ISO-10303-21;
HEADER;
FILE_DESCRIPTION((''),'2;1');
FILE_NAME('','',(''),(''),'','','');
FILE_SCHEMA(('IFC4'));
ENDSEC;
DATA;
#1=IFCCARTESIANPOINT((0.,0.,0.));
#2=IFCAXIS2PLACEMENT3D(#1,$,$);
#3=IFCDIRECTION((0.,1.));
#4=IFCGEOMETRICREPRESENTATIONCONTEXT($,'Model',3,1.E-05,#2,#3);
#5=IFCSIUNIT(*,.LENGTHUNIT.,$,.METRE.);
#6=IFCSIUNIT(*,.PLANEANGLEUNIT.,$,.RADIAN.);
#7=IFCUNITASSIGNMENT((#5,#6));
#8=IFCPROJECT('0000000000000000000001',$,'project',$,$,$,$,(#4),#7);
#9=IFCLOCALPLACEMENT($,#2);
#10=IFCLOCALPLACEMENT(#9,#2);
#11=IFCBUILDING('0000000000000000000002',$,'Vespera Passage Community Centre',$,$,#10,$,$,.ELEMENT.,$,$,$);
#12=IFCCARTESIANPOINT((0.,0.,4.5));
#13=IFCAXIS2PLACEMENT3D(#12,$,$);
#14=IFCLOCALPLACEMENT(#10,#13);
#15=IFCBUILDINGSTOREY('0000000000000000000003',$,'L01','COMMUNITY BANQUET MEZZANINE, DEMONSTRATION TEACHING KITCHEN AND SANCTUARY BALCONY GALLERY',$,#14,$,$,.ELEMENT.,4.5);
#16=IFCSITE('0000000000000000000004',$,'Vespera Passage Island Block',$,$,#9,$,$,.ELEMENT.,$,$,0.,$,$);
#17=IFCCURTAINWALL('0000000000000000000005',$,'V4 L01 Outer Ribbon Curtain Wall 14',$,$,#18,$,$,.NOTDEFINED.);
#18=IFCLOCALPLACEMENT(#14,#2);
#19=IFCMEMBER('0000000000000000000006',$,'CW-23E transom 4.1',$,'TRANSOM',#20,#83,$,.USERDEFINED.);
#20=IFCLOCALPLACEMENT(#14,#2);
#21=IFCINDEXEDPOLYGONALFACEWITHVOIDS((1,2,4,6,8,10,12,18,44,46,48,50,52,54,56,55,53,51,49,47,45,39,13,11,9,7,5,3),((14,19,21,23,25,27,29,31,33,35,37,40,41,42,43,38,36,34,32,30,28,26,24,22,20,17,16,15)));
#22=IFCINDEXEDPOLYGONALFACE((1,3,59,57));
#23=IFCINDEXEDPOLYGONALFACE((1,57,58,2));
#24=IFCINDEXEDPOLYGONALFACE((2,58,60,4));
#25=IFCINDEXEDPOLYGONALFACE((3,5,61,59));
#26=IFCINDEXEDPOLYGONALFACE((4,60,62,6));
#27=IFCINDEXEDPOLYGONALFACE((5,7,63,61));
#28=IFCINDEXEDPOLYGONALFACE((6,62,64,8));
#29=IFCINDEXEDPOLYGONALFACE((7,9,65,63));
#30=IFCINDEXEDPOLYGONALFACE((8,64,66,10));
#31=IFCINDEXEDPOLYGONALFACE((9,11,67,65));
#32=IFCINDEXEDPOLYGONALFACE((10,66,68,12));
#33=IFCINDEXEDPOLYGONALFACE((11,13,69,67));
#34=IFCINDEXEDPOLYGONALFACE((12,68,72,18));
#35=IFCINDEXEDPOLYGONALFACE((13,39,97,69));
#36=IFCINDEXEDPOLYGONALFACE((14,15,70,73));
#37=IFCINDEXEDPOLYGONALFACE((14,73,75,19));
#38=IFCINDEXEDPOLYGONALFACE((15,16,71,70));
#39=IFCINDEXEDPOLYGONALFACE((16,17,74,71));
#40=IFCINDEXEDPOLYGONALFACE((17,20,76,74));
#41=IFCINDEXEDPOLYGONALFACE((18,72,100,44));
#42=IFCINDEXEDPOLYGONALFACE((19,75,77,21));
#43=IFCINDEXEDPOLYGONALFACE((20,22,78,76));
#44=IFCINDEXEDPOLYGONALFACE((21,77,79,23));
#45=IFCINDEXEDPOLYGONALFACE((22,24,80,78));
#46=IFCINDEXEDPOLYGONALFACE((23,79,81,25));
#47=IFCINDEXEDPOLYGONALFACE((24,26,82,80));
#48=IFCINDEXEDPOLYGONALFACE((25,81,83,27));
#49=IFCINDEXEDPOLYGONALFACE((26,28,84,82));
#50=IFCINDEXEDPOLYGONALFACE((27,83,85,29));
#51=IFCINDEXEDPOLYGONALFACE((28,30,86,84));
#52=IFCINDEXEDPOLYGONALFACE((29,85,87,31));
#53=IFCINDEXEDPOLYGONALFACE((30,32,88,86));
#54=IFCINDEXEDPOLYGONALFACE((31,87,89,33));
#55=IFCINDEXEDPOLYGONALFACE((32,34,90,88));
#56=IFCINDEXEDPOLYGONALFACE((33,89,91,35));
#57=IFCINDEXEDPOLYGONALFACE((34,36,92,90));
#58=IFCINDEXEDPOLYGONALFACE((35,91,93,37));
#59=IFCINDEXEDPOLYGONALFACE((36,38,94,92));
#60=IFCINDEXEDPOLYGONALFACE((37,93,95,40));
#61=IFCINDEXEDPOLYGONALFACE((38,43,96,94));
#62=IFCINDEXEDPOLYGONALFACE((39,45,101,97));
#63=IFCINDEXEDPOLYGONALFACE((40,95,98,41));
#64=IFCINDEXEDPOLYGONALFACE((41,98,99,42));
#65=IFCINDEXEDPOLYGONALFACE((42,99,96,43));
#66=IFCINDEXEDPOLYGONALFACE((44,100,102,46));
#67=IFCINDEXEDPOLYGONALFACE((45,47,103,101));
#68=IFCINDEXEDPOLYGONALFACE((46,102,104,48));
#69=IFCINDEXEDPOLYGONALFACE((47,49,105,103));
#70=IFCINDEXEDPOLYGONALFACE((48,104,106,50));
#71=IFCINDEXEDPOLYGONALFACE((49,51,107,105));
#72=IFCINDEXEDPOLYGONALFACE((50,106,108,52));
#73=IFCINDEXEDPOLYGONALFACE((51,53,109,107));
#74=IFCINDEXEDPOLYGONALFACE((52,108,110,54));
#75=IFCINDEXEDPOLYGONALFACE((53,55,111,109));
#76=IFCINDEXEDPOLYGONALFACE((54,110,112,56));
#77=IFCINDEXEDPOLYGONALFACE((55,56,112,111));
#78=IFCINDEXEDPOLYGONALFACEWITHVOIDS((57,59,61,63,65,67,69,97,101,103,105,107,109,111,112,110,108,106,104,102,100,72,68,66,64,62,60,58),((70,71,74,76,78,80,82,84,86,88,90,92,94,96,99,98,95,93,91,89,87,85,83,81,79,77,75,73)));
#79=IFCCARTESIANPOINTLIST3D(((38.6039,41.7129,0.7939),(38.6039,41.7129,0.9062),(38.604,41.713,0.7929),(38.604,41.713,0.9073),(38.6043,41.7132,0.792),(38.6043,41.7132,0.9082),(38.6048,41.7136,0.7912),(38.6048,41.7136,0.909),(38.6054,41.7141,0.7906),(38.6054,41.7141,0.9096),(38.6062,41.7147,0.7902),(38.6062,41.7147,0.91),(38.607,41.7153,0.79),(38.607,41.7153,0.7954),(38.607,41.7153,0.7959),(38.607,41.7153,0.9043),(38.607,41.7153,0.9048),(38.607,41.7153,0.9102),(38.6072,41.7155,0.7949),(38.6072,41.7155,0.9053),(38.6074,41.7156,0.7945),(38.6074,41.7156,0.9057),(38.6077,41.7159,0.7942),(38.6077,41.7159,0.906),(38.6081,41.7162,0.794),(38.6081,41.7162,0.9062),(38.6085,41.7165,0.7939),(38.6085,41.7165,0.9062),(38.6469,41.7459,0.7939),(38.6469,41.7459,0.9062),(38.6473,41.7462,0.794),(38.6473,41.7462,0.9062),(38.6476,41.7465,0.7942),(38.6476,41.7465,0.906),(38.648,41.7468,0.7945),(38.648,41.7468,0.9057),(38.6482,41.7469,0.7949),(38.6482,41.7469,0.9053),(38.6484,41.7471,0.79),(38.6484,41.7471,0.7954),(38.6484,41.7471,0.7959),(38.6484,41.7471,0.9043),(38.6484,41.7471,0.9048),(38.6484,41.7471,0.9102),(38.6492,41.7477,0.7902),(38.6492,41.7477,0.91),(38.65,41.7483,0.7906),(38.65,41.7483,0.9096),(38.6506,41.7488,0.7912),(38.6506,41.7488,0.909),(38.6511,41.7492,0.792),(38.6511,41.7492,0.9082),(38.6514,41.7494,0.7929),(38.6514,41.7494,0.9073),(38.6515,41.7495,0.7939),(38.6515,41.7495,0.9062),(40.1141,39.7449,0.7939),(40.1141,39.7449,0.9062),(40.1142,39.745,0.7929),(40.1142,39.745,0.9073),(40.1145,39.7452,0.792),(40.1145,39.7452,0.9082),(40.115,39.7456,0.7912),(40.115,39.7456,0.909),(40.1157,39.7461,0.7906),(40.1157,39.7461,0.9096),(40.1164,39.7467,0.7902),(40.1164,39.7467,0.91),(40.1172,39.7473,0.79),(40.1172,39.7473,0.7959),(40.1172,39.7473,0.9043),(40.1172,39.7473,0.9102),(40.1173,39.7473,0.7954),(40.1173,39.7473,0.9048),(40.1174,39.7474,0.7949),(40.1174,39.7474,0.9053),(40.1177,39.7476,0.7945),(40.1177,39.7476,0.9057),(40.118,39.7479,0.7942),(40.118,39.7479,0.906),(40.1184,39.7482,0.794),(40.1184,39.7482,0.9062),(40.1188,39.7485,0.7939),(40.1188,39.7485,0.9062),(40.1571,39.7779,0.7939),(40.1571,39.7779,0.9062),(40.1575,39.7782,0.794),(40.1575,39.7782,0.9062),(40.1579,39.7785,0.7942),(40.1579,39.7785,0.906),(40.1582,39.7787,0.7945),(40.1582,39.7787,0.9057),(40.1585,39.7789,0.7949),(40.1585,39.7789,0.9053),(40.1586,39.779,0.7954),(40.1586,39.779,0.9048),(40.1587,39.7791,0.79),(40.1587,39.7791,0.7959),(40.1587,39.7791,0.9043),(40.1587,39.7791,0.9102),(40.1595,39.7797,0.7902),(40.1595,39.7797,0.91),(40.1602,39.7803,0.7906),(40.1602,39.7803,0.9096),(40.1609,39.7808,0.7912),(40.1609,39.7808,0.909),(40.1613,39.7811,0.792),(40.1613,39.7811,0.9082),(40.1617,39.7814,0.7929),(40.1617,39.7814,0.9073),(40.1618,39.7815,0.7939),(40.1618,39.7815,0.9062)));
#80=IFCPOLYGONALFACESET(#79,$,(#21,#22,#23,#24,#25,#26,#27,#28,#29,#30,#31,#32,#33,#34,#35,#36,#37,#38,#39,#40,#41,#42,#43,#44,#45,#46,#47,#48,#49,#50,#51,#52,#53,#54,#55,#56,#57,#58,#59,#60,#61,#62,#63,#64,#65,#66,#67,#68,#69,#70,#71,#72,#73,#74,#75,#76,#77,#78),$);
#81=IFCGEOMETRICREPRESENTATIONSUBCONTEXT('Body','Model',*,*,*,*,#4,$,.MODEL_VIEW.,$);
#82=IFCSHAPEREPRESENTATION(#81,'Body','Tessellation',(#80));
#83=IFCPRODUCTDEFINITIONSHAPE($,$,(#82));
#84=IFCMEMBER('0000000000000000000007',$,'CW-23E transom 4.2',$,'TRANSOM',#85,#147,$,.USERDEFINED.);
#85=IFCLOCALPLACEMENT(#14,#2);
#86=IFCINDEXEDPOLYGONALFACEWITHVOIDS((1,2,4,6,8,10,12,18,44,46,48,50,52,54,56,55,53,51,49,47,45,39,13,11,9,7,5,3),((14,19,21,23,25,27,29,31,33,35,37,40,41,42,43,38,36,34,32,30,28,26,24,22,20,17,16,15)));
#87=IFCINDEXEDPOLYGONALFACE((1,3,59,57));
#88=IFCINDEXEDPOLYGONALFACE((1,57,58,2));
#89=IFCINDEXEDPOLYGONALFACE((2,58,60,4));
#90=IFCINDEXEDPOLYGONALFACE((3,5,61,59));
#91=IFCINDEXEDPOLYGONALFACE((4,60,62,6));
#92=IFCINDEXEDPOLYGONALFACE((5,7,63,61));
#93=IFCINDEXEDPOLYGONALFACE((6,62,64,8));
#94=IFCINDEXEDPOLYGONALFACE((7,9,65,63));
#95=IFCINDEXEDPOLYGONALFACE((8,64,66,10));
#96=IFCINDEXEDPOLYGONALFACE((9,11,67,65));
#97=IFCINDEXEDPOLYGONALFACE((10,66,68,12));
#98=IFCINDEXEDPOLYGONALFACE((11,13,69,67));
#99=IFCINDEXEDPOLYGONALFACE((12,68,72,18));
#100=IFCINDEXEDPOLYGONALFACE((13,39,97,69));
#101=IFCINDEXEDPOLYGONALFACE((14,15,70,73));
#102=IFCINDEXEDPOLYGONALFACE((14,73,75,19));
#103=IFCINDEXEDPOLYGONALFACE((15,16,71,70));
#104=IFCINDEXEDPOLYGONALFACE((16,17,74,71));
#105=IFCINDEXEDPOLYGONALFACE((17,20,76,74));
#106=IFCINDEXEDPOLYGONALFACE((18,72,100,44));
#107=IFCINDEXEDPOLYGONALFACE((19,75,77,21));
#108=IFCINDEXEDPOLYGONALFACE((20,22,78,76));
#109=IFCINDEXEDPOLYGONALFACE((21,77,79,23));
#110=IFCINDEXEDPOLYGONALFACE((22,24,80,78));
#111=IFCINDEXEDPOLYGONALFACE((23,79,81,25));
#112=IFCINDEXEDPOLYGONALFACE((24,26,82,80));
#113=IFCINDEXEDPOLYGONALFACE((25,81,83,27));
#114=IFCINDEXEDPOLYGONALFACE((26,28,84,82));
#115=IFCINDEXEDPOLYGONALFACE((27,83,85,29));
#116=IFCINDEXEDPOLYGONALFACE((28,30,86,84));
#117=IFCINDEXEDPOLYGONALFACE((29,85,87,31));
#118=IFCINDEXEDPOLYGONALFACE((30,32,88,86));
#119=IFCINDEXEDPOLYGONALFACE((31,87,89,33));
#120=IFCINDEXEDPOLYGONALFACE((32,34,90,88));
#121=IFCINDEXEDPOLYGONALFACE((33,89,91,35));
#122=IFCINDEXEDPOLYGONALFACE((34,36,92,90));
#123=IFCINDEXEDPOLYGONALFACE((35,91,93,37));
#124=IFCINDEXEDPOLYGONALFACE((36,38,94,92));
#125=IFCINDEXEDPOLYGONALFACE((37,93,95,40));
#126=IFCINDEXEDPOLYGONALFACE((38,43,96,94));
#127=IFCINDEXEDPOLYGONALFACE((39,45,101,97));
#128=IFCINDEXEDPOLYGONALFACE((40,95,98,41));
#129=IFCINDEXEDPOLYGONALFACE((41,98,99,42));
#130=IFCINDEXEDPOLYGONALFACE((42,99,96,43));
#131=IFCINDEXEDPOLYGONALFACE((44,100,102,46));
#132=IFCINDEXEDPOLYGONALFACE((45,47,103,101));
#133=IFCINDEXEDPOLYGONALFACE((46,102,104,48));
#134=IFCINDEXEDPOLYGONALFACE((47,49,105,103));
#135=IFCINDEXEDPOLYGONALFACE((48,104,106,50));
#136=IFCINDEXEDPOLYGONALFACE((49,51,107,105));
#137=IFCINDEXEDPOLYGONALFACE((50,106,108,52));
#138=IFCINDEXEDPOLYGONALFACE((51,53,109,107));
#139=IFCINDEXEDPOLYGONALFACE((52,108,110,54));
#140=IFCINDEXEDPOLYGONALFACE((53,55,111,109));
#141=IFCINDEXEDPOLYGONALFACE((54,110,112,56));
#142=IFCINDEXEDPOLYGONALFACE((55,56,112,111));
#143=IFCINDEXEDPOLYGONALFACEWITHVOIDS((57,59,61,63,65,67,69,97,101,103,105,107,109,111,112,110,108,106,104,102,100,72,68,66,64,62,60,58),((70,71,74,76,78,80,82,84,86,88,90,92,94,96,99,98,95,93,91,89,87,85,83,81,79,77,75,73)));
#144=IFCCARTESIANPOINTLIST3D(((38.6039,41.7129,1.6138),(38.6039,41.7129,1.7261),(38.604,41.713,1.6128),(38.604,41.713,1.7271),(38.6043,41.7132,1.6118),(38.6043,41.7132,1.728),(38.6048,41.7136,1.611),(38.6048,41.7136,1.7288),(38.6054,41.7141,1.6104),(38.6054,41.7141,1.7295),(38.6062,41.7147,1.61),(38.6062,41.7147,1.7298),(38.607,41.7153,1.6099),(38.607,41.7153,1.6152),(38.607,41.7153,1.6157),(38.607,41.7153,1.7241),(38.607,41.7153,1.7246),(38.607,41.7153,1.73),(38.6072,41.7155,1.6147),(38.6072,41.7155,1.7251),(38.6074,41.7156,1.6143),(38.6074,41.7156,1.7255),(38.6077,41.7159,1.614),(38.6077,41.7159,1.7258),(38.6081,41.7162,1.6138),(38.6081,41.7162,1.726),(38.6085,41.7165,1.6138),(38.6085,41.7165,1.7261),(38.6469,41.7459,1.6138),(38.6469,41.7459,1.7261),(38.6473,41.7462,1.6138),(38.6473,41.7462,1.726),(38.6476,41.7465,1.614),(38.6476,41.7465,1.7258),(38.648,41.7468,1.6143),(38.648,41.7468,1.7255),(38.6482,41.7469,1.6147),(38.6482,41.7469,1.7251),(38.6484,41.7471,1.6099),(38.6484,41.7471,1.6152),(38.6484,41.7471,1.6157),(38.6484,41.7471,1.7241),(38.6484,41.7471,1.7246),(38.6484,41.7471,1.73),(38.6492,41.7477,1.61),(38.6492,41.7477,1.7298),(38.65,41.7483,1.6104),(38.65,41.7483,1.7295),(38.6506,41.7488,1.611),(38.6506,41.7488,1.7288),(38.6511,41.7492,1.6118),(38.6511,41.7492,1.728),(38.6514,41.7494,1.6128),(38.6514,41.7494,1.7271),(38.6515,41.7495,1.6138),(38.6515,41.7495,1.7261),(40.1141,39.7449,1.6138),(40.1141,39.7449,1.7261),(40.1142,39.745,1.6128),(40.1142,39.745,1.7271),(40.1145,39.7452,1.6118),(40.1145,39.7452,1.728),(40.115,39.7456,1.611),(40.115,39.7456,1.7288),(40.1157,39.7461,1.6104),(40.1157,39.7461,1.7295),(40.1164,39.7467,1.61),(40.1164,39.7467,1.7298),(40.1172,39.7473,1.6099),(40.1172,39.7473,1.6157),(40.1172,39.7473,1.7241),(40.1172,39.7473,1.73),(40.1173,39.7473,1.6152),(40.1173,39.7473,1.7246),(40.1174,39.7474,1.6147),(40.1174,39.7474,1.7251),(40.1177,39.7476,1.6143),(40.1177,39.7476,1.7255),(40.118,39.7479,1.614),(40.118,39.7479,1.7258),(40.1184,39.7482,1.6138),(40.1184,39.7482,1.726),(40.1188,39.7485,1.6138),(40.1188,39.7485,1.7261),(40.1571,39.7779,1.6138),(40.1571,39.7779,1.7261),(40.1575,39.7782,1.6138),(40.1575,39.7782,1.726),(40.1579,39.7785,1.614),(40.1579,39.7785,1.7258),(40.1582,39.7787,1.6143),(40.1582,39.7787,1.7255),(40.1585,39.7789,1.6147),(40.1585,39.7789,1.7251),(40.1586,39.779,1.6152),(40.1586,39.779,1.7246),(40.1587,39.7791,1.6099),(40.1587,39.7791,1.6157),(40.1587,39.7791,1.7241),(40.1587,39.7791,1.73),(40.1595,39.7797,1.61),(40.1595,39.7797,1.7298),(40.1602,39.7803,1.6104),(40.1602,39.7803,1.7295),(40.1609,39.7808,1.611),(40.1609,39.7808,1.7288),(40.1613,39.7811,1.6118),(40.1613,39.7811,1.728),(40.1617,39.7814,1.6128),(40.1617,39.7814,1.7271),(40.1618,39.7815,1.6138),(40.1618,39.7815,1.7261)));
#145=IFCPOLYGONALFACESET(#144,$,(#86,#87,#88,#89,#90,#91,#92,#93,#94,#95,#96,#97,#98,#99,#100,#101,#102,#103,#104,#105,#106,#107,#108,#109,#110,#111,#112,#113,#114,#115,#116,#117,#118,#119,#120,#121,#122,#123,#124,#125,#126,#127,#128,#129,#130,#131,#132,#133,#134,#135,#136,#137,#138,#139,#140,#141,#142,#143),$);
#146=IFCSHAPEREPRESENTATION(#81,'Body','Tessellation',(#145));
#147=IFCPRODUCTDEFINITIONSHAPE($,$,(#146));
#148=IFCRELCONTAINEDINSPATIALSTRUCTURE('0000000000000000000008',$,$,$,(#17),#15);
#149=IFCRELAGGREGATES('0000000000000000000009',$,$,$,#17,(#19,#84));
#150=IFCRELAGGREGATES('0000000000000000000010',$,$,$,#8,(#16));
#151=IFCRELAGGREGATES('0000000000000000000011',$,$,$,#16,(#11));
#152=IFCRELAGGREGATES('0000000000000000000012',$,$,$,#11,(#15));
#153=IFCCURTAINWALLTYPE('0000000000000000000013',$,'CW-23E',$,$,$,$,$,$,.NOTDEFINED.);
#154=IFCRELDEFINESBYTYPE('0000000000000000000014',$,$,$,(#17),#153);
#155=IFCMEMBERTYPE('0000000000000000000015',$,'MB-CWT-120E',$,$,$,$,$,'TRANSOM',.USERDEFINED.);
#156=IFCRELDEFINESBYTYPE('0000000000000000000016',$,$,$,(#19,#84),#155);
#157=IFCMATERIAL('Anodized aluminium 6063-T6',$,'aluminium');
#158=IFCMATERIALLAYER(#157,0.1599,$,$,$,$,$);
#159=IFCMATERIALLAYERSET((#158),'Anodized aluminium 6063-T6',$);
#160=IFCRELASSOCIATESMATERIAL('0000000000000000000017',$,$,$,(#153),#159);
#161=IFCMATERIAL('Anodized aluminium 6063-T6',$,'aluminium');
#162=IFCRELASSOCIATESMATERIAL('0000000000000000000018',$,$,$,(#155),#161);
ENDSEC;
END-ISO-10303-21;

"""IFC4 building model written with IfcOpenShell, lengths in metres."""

from ifc_helpers import new_model, si_unit, direction, frame, origin, origin_2d, place, context, subcontext, project, spatial, hollow_rectangle, extrude, material, layer, layer_set, material_profile, profile_set, type_object, element, aggregate, save


model = new_model("IFC4")

# Units and contexts
model_context = context("Model", 3, precision=1e-05, world=origin(), true_north=direction((0.0, 1.0)))
body_context = subcontext(model_context, "Body", "Model", "MODEL_VIEW")
ifc_project = project(units=[si_unit("LENGTHUNIT", "METRE"), si_unit("PLANEANGLEUNIT", "RADIAN")], contexts=[model_context])

# Site, building, storey
site_placement = place(None, origin())
site = spatial("IfcSite", under=ifc_project, at=site_placement, Name="Vespera Passage Island Block", CompositionType="ELEMENT", RefElevation=0.0)
building_placement = place(site_placement, origin())
building = spatial("IfcBuilding", under=site, at=building_placement, Name="Vespera Passage Community Centre", CompositionType="ELEMENT")
storey_placement = place(building_placement, frame((0.0, 0.0, 4.5)))
storey = spatial("IfcBuildingStorey", under=building, at=storey_placement, Name="L01", Description="COMMUNITY BANQUET MEZZANINE, DEMONSTRATION TEACHING KITCHEN AND SANCTUARY BALCONY GALLERY", CompositionType="ELEMENT", Elevation=4.5)

# Curtain wall
ifc_material_1 = material(Name="Anodized aluminium 6063-T6", Category="aluminium")
ifc_layer_1 = layer(ifc_material_1, 0.1599)
ifc_layer_set_1 = layer_set([ifc_layer_1], Name="Anodized aluminium 6063-T6")
curtain_wall_type_1 = type_object("IfcCurtainWallType", Name="CW-23E", PredefinedType="NOTDEFINED", material=ifc_layer_set_1)
curtain_wall_1_placement = place(storey_placement, origin())
curtain_wall_1 = element("IfcCurtainWall", 1, at=curtain_wall_1_placement, inside=storey, type_object=curtain_wall_type_1, Name="V4 L01 Outer Ribbon Curtain Wall 14", PredefinedType="NOTDEFINED")

# Members
ifc_material_2 = material(Name="Anodized aluminium 6063-T6", Category="aluminium")
ifc_material_profile_1 = material_profile(ifc_material_2, hollow_rectangle(XDim=0.0601, YDim=0.1201, WallThickness=0.0039, InnerFilletRadius=0.002, OuterFilletRadius=0.0039, at=origin_2d()), Name="ALU120X60X4")
ifc_profile_set_1 = profile_set([ifc_material_profile_1], Name="Anodized aluminium 6063-T6")
member_type_1 = type_object("IfcMemberType", Name="MB-CWT-120E", ElementType="TRANSOM", PredefinedType="USERDEFINED", material=ifc_profile_set_1)
member_1_placement = place(storey_placement, frame((40.1379, 39.7632, 0.8501), z_axis=(-0.608797, 0.793326, 0.0), x_axis=(-0.793326, -0.608797, 0.0)))
member_1 = element("IfcMember", 2, at=member_1_placement, type_object=member_type_1, Name="CW-23E transom 4.1", ObjectType="TRANSOM", PredefinedType="USERDEFINED", context=body_context, shape_type="SweptSolid", body=[
    extrude(hollow_rectangle(XDim=0.0601, YDim=0.1201, WallThickness=0.0039, InnerFilletRadius=0.002, OuterFilletRadius=0.0039, at=origin_2d()), origin(), (0.0, 0.0, 1.0), 2.4807),
])
member_2_placement = place(storey_placement, frame((40.1379, 39.7632, 1.6699), z_axis=(-0.608797, 0.793326, 0.0), x_axis=(-0.793326, -0.608797, 0.0)))
member_2 = element("IfcMember", 3, at=member_2_placement, type_object=member_type_1, Name="CW-23E transom 4.2", ObjectType="TRANSOM", PredefinedType="USERDEFINED", context=body_context, shape_type="SweptSolid", body=[
    extrude(hollow_rectangle(XDim=0.0601, YDim=0.1201, WallThickness=0.0039, InnerFilletRadius=0.002, OuterFilletRadius=0.0039, at=origin_2d()), origin(), (0.0, 0.0, 1.0), 2.4807),
])

aggregate(curtain_wall_1, [member_1, member_2])

save(model, "model.ifc")
